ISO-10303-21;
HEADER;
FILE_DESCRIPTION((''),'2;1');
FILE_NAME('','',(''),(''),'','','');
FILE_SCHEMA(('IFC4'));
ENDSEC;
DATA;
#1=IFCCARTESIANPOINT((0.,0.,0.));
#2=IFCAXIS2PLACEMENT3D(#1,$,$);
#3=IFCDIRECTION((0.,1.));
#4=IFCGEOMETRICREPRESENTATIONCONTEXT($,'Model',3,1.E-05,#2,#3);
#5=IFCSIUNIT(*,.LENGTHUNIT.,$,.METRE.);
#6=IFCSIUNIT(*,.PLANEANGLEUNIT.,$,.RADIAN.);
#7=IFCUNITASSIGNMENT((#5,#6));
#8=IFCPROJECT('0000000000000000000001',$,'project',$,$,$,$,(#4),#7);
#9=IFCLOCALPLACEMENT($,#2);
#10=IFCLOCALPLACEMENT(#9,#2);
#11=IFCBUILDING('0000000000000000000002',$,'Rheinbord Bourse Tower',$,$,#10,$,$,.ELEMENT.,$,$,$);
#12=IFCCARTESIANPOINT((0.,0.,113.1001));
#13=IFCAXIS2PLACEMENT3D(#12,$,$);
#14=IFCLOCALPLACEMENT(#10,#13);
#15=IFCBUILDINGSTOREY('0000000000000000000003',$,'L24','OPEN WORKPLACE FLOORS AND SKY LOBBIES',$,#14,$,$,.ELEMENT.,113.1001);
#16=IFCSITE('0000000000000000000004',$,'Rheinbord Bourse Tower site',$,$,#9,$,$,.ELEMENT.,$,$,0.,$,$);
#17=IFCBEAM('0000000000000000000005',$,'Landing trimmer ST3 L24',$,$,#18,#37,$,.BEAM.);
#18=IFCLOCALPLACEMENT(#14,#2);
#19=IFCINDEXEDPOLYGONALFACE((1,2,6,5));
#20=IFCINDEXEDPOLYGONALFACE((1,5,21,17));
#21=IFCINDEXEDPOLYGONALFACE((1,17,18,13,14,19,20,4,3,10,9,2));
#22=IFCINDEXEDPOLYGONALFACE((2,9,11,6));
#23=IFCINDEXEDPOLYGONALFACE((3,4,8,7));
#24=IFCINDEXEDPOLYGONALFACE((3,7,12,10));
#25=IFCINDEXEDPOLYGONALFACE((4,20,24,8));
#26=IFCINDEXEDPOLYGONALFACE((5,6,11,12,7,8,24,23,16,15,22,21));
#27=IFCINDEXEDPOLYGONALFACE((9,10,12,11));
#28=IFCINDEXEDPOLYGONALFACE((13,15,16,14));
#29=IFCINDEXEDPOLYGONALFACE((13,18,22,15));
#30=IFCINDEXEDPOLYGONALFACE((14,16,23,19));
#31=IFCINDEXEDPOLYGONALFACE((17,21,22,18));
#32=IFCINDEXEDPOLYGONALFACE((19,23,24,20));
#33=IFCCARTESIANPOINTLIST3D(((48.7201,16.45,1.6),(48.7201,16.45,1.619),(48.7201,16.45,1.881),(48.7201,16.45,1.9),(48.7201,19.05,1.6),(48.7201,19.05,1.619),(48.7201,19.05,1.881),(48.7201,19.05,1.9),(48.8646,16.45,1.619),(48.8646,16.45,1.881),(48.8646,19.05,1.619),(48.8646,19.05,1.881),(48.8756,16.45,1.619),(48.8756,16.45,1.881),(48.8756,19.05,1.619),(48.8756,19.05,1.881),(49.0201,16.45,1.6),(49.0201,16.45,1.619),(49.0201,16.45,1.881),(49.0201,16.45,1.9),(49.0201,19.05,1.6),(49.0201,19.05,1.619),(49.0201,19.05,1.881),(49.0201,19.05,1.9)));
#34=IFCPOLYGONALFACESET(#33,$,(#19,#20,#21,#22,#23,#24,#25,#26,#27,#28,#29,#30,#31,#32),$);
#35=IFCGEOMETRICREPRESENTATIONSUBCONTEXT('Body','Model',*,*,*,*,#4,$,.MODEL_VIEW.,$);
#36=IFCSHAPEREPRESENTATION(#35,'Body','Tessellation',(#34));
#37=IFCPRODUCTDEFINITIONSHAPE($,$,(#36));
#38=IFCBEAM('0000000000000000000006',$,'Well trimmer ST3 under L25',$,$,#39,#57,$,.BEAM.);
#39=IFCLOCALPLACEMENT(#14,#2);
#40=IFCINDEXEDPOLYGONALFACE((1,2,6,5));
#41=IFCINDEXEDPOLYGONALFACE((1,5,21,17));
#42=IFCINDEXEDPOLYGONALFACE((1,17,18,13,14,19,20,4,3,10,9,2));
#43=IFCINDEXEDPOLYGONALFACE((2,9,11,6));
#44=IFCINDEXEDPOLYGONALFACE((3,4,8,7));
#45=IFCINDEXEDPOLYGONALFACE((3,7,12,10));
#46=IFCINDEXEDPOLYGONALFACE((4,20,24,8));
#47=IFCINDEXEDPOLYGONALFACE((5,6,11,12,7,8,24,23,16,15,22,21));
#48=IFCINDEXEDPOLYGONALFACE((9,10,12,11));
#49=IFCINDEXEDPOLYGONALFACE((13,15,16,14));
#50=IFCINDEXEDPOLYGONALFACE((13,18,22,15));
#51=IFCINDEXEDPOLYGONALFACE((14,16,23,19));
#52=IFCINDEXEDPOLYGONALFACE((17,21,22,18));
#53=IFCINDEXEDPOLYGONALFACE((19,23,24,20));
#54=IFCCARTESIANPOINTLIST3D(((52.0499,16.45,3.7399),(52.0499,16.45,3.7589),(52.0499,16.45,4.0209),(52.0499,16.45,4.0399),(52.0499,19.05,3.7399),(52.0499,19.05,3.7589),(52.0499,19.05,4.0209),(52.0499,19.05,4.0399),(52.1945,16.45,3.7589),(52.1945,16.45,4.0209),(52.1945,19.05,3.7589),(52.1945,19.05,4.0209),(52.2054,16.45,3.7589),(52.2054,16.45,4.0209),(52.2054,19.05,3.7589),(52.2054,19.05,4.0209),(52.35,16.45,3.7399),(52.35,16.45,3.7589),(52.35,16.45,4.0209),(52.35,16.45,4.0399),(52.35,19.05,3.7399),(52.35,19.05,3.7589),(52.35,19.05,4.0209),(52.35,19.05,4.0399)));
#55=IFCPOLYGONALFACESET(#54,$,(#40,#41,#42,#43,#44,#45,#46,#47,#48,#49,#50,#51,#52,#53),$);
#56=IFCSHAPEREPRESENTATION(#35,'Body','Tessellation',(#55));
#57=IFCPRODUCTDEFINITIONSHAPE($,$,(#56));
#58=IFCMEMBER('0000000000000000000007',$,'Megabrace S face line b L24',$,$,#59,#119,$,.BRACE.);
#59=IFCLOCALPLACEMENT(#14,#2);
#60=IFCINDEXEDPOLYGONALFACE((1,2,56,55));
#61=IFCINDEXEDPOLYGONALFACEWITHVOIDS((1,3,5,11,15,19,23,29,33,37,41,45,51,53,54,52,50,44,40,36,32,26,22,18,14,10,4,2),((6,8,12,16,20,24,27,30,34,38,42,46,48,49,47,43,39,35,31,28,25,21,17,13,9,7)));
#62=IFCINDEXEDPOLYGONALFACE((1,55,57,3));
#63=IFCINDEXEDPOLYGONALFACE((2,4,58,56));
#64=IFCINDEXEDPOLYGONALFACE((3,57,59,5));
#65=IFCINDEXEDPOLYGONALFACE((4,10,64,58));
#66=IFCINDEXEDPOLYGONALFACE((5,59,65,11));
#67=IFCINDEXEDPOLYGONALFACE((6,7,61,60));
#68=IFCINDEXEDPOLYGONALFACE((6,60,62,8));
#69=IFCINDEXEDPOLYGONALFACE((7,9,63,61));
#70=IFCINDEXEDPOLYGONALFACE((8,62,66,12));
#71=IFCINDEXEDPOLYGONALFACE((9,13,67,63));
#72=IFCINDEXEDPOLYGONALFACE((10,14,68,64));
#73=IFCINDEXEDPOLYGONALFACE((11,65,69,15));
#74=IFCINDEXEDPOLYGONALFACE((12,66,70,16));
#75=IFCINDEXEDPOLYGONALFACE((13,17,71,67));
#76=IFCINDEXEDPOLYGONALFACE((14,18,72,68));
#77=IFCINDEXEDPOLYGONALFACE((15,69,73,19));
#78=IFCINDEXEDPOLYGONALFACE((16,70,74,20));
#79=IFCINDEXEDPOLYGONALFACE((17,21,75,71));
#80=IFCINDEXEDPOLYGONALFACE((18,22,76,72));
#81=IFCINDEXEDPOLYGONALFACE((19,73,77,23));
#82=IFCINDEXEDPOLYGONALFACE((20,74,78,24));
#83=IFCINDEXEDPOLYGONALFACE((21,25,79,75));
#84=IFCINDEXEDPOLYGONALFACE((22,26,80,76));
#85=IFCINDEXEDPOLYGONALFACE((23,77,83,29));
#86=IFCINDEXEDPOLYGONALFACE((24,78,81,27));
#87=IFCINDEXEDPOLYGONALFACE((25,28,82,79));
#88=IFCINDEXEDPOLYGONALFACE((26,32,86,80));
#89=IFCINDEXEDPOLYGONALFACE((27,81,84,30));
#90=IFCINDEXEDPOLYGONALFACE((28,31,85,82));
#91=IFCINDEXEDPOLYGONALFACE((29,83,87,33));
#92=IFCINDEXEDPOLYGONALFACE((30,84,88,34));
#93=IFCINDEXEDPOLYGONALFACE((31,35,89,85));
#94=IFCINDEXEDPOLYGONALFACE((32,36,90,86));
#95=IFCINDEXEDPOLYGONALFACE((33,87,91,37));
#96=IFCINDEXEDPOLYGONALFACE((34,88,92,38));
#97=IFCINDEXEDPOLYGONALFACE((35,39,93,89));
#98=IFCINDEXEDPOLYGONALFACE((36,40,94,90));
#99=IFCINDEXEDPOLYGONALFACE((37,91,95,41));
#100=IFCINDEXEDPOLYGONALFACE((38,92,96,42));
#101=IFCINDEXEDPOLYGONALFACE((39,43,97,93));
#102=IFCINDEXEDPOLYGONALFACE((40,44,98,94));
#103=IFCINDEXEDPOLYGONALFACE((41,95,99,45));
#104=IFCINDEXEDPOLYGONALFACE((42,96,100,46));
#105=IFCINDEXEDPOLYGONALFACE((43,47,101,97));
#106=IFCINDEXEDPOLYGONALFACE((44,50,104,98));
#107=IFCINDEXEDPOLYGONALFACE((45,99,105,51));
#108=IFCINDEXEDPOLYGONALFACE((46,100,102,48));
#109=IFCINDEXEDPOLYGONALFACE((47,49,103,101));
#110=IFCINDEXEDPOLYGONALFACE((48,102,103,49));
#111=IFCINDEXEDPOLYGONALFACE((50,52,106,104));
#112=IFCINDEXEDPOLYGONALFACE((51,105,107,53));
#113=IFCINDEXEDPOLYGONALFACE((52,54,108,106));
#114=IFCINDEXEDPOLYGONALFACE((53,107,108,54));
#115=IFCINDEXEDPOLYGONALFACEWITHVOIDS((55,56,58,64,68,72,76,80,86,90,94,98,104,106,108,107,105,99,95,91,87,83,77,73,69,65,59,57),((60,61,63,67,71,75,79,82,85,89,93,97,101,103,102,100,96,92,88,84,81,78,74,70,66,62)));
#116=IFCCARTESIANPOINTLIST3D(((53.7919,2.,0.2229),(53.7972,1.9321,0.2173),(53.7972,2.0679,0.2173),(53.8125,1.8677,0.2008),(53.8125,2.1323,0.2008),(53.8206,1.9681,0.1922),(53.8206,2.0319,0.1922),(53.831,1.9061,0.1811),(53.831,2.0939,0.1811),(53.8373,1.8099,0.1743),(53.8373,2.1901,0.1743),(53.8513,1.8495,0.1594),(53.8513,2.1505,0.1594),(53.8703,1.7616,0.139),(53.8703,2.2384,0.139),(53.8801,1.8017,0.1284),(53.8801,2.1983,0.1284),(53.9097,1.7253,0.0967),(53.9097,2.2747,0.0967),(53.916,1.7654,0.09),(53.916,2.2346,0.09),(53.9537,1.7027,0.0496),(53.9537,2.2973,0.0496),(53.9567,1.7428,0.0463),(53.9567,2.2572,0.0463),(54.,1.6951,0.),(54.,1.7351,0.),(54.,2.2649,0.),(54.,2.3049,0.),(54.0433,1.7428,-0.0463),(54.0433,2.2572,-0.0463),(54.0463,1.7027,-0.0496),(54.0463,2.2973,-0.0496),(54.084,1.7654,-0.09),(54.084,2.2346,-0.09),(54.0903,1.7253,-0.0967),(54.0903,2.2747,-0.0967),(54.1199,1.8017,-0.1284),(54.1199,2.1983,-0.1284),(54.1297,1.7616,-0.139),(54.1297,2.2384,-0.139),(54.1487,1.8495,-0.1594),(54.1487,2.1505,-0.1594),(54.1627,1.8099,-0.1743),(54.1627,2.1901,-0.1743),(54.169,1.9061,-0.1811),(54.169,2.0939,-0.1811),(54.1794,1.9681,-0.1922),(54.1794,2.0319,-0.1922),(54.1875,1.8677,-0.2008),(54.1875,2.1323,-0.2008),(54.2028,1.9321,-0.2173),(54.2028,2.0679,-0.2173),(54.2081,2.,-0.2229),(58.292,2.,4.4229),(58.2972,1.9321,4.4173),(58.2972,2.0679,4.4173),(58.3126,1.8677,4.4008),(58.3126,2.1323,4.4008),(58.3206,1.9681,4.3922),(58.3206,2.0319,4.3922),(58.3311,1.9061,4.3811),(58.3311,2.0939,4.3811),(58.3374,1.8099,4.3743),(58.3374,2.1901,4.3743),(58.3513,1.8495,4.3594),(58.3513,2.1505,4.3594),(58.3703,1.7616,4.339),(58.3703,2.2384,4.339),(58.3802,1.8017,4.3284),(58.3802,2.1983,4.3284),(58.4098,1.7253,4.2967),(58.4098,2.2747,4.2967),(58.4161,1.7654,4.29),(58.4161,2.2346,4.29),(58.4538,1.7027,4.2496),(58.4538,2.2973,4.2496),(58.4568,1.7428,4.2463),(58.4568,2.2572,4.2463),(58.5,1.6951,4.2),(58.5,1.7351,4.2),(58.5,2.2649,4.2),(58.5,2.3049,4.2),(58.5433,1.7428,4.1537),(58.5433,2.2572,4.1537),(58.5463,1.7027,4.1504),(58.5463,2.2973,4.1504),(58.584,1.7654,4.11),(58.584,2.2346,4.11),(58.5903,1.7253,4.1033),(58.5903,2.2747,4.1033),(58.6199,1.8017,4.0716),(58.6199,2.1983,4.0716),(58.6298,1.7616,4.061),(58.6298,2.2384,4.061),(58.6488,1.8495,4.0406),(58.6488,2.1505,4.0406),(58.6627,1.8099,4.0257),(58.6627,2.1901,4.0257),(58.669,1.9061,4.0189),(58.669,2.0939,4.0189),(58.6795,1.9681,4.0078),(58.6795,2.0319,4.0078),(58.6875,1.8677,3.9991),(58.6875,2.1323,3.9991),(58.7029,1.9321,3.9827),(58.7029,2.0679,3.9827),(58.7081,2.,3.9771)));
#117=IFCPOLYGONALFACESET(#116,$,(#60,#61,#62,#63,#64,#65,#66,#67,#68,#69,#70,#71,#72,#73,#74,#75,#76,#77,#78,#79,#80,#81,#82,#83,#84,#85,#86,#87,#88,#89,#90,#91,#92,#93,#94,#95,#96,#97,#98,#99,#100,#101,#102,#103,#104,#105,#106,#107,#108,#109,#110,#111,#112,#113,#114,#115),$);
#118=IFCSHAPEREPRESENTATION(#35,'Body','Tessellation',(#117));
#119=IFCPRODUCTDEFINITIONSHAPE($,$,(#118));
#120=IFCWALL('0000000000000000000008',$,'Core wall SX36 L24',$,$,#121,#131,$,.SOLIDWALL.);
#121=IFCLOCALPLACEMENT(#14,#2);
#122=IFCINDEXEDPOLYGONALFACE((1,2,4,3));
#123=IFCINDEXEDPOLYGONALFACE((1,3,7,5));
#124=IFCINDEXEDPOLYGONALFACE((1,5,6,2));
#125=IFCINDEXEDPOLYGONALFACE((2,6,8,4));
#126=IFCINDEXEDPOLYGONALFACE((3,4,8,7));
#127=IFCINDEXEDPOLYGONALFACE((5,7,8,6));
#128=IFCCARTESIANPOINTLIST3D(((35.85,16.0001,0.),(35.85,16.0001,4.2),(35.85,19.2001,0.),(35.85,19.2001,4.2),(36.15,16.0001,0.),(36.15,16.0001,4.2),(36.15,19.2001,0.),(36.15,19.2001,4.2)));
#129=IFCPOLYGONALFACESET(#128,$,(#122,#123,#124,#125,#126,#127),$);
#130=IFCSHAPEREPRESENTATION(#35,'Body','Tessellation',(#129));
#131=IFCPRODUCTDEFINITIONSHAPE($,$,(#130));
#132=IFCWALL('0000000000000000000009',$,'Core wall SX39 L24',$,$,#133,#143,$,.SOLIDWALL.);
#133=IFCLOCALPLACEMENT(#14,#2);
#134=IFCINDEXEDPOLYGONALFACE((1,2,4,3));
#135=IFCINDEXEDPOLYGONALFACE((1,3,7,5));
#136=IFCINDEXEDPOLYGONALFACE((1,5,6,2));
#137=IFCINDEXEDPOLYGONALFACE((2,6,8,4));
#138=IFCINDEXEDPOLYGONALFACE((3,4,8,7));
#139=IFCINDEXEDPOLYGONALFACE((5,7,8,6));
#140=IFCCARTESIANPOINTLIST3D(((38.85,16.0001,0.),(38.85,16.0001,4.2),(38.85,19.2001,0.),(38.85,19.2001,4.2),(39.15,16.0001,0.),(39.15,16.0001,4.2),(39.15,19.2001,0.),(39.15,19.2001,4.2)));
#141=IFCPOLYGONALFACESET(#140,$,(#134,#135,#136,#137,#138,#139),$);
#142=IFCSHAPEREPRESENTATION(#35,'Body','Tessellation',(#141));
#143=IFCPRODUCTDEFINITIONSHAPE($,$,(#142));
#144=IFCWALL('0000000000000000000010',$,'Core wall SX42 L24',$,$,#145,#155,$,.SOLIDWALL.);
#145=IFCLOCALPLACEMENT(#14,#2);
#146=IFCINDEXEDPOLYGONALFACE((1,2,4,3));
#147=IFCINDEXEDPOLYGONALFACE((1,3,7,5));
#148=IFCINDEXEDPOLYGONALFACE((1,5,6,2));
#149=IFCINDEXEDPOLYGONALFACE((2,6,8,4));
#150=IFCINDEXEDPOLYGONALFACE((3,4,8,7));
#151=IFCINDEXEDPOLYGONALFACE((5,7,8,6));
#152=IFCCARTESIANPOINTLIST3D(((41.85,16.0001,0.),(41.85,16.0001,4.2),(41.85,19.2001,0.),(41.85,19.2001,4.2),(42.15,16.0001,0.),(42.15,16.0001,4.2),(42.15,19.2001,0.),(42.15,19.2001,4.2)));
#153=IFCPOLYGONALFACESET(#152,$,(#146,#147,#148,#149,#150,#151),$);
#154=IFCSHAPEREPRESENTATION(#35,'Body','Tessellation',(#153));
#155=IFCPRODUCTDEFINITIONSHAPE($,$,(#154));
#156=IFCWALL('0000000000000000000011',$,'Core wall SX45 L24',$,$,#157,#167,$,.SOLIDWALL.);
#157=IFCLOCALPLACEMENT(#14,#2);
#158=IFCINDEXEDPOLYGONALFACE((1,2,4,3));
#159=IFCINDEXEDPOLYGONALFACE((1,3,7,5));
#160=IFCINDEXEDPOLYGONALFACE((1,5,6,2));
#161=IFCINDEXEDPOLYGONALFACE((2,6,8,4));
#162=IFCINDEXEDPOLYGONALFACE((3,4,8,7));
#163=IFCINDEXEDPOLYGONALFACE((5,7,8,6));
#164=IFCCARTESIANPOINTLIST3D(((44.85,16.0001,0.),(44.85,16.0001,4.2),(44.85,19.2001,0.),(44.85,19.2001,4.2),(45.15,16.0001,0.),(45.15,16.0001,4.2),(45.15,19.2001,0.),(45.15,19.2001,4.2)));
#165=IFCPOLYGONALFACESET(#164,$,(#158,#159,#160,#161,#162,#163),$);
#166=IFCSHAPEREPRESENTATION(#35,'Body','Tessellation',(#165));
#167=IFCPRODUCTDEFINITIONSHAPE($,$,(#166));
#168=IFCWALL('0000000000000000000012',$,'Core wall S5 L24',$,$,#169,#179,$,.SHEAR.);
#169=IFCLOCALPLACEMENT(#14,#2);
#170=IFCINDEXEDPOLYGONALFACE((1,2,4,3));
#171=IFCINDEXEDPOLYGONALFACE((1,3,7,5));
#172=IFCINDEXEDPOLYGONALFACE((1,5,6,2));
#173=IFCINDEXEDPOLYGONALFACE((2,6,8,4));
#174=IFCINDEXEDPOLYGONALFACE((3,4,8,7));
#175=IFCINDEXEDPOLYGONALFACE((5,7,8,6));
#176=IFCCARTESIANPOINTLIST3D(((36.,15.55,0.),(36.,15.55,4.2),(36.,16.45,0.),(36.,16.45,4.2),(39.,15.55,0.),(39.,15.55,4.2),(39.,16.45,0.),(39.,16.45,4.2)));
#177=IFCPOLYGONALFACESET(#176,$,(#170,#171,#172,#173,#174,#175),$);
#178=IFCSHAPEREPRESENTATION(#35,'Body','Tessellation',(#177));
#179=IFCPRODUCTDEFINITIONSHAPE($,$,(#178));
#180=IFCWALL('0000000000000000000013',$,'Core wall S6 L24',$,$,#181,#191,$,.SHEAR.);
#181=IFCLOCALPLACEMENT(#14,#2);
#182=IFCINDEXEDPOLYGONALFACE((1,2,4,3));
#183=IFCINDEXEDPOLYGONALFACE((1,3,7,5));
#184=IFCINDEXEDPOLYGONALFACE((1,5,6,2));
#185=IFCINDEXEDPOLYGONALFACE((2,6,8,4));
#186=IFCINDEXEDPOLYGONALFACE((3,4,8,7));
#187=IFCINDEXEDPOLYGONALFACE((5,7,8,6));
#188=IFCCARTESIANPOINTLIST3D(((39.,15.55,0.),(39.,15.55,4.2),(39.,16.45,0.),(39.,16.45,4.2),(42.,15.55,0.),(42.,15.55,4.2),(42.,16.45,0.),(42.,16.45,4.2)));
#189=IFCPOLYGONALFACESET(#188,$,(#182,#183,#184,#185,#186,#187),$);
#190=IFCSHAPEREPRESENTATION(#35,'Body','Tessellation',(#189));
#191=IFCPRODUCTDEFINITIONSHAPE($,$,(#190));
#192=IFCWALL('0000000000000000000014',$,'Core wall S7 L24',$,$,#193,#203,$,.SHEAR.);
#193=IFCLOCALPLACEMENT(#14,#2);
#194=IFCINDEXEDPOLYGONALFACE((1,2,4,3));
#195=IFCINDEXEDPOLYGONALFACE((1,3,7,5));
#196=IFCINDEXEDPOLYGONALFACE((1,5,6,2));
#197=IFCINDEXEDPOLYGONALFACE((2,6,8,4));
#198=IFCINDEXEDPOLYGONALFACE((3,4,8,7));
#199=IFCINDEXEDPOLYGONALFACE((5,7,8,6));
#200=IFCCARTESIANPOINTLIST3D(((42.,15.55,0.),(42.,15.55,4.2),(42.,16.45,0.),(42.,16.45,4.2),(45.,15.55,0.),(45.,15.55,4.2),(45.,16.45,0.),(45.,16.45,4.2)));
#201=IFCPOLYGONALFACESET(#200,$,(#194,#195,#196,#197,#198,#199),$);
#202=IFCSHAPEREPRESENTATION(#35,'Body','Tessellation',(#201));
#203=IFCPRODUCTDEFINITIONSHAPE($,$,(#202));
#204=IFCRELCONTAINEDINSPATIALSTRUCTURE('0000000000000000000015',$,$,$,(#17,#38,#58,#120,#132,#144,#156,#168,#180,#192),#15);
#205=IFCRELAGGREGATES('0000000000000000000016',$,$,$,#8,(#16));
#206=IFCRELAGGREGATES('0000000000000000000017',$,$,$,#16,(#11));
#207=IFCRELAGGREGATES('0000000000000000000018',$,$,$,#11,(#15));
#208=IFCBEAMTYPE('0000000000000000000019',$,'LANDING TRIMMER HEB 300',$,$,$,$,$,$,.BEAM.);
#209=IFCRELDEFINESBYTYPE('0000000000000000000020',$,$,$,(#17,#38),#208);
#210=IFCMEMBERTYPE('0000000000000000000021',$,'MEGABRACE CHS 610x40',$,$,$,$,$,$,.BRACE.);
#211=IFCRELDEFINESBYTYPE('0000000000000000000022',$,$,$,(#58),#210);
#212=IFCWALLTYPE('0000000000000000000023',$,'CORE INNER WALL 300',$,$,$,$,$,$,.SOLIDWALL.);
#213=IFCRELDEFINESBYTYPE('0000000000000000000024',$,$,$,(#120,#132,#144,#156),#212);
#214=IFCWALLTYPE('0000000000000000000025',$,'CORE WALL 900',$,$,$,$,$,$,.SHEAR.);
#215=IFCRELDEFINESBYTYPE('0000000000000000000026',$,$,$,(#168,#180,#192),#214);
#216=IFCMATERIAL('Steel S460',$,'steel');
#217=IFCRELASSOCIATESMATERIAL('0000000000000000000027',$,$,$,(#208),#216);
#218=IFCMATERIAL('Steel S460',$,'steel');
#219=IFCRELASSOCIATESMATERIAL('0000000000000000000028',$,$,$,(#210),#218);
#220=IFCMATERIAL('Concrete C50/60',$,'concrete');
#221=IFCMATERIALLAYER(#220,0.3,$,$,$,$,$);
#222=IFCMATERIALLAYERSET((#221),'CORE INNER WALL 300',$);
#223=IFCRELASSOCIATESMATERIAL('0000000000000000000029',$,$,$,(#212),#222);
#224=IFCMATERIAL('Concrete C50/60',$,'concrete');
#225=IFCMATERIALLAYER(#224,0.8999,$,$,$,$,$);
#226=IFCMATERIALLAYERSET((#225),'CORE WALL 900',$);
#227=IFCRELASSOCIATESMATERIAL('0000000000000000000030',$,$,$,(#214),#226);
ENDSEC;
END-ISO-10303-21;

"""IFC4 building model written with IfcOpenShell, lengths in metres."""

from ifc_helpers import new_model, si_unit, direction, frame, frame_2d, origin, origin_2d, place, context, subcontext, project, spatial, rectangle, hollow_circle, i_section, extrude, material, layer, layer_set, material_profile, profile_set, type_object, element, save


model = new_model("IFC4")

# Units and contexts
model_context = context("Model", 3, precision=1e-05, world=origin(), true_north=direction((0.0, 1.0)))
body_context = subcontext(model_context, "Body", "Model", "MODEL_VIEW")
ifc_project = project(units=[si_unit("LENGTHUNIT", "METRE"), si_unit("PLANEANGLEUNIT", "RADIAN")], contexts=[model_context])

# Site, building, storey
site_placement = place(None, origin())
site = spatial("IfcSite", under=ifc_project, at=site_placement, Name="Rheinbord Bourse Tower site", CompositionType="ELEMENT", RefElevation=0.0)
building_placement = place(site_placement, origin())
building = spatial("IfcBuilding", under=site, at=building_placement, Name="Rheinbord Bourse Tower", CompositionType="ELEMENT")
storey_placement = place(building_placement, frame((0.0, 0.0, 113.1001)))
storey = spatial("IfcBuildingStorey", under=building, at=storey_placement, Name="L24", Description="OPEN WORKPLACE FLOORS AND SKY LOBBIES", CompositionType="ELEMENT", Elevation=113.1001)

# Beams
ifc_material_1 = material(Name="Steel S460", Category="steel")
ifc_material_profile_1 = material_profile(ifc_material_1, i_section(OverallWidth=0.3, OverallDepth=0.3, WebThickness=0.011, FlangeThickness=0.019, at=origin_2d()), Name="HEB 300")
ifc_profile_set_1 = profile_set([ifc_material_profile_1], Name="Steel S460")
beam_type = type_object("IfcBeamType", Name="LANDING TRIMMER HEB 300", PredefinedType="BEAM", material=ifc_profile_set_1)
for number, where, z_axis, x_axis, name in (
    (1, (48.8701, 16.45, 1.75), (0.0, 1.0, 0.0), (-1.0, 0.0, 0.0), "Landing trimmer ST3 L24"),
    (2, (52.2, 16.45, 3.8899), (0.0, 1.0, 0.0), (-1.0, 0.0, 0.0), "Well trimmer ST3 under L25"),
):
    element("IfcBeam", number, at=place(storey_placement, frame(where, z_axis=z_axis, x_axis=x_axis)), inside=storey, type_object=beam_type, Name=name, PredefinedType="BEAM", context=body_context, shape_type="SweptSolid", body=[
        extrude(i_section(OverallWidth=0.3, OverallDepth=0.3, WebThickness=0.011, FlangeThickness=0.019, at=origin_2d()), origin(), (0.0, 0.0, 1.0), 2.6001),
    ])

# Member
ifc_material_2 = material(Name="Steel S460", Category="steel")
ifc_material_profile_2 = material_profile(ifc_material_2, hollow_circle(Radius=0.3049, WallThickness=0.04, at=origin_2d()), Name="CHS 610x40")
ifc_profile_set_2 = profile_set([ifc_material_profile_2], Name="Steel S460")
member_type = type_object("IfcMemberType", Name="MEGABRACE CHS 610x40", PredefinedType="BRACE", material=ifc_profile_set_2)
member_placement = place(storey_placement, frame((54.0, 2.0, 0.0), z_axis=(0.731059, 0.0, 0.682314), x_axis=(0.0, 1.0, 0.0)))
element("IfcMember", 3, at=member_placement, inside=storey, type_object=member_type, Name="Megabrace S face line b L24", PredefinedType="BRACE", context=body_context, shape_type="SweptSolid", body=[
    extrude(hollow_circle(Radius=0.3049, WallThickness=0.04, at=origin_2d()), origin(), (0.0, 0.0, 1.0), 6.1555),
])

# Walls
ifc_material_3 = material(Name="Concrete C50/60", Category="concrete")
ifc_layer_1 = layer(ifc_material_3, 0.3)
ifc_layer_set_1 = layer_set([ifc_layer_1], Name="CORE INNER WALL 300")
wall_type_1 = type_object("IfcWallType", Name="CORE INNER WALL 300", PredefinedType="SOLIDWALL", material=ifc_layer_set_1)
for number, where, z_axis, x_axis, name in (
    (4, (36.0, 16.0, 0.0), (0.0, 0.0, 1.0), (0.0, 1.0, 0.0), "Core wall SX36 L24"),
    (5, (39.0, 16.0, 0.0), (0.0, 0.0, 1.0), (0.0, 1.0, 0.0), "Core wall SX39 L24"),
    (6, (42.0, 16.0, 0.0), (0.0, 0.0, 1.0), (0.0, 1.0, 0.0), "Core wall SX42 L24"),
    (7, (45.0, 16.0, 0.0), (0.0, 0.0, 1.0), (0.0, 1.0, 0.0), "Core wall SX45 L24"),
):
    element("IfcWall", number, at=place(storey_placement, frame(where, z_axis=z_axis, x_axis=x_axis)), inside=storey, type_object=wall_type_1, Name=name, PredefinedType="SOLIDWALL", context=body_context, shape_type="SweptSolid", body=[
        extrude(rectangle(XDim=3.2, YDim=0.3, at=frame_2d((1.6001, 0.0))), origin(), (0.0, 0.0, 1.0), 4.2),
    ])
ifc_material_4 = material(Name="Concrete C50/60", Category="concrete")
ifc_layer_2 = layer(ifc_material_4, 0.8999)
ifc_layer_set_2 = layer_set([ifc_layer_2], Name="CORE WALL 900")
wall_type_2 = type_object("IfcWallType", Name="CORE WALL 900", PredefinedType="SHEAR", material=ifc_layer_set_2)
for number, where, z_axis, x_axis, name in (
    (8, (36.0, 16.0, 0.0), (0.0, 0.0, 1.0), (1.0, 0.0, 0.0), "Core wall S5 L24"),
    (9, (39.0, 16.0, 0.0), (0.0, 0.0, 1.0), (1.0, 0.0, 0.0), "Core wall S6 L24"),
    (10, (42.0, 16.0, 0.0), (0.0, 0.0, 1.0), (1.0, 0.0, 0.0), "Core wall S7 L24"),
):
    element("IfcWall", number, at=place(storey_placement, frame(where, z_axis=z_axis, x_axis=x_axis)), inside=storey, type_object=wall_type_2, Name=name, PredefinedType="SHEAR", context=body_context, shape_type="SweptSolid", body=[
        extrude(rectangle(XDim=3.0, YDim=0.8999, at=frame_2d((1.5, 0.0))), origin(), (0.0, 0.0, 1.0), 4.2),
    ])

save(model, "model.ifc")
